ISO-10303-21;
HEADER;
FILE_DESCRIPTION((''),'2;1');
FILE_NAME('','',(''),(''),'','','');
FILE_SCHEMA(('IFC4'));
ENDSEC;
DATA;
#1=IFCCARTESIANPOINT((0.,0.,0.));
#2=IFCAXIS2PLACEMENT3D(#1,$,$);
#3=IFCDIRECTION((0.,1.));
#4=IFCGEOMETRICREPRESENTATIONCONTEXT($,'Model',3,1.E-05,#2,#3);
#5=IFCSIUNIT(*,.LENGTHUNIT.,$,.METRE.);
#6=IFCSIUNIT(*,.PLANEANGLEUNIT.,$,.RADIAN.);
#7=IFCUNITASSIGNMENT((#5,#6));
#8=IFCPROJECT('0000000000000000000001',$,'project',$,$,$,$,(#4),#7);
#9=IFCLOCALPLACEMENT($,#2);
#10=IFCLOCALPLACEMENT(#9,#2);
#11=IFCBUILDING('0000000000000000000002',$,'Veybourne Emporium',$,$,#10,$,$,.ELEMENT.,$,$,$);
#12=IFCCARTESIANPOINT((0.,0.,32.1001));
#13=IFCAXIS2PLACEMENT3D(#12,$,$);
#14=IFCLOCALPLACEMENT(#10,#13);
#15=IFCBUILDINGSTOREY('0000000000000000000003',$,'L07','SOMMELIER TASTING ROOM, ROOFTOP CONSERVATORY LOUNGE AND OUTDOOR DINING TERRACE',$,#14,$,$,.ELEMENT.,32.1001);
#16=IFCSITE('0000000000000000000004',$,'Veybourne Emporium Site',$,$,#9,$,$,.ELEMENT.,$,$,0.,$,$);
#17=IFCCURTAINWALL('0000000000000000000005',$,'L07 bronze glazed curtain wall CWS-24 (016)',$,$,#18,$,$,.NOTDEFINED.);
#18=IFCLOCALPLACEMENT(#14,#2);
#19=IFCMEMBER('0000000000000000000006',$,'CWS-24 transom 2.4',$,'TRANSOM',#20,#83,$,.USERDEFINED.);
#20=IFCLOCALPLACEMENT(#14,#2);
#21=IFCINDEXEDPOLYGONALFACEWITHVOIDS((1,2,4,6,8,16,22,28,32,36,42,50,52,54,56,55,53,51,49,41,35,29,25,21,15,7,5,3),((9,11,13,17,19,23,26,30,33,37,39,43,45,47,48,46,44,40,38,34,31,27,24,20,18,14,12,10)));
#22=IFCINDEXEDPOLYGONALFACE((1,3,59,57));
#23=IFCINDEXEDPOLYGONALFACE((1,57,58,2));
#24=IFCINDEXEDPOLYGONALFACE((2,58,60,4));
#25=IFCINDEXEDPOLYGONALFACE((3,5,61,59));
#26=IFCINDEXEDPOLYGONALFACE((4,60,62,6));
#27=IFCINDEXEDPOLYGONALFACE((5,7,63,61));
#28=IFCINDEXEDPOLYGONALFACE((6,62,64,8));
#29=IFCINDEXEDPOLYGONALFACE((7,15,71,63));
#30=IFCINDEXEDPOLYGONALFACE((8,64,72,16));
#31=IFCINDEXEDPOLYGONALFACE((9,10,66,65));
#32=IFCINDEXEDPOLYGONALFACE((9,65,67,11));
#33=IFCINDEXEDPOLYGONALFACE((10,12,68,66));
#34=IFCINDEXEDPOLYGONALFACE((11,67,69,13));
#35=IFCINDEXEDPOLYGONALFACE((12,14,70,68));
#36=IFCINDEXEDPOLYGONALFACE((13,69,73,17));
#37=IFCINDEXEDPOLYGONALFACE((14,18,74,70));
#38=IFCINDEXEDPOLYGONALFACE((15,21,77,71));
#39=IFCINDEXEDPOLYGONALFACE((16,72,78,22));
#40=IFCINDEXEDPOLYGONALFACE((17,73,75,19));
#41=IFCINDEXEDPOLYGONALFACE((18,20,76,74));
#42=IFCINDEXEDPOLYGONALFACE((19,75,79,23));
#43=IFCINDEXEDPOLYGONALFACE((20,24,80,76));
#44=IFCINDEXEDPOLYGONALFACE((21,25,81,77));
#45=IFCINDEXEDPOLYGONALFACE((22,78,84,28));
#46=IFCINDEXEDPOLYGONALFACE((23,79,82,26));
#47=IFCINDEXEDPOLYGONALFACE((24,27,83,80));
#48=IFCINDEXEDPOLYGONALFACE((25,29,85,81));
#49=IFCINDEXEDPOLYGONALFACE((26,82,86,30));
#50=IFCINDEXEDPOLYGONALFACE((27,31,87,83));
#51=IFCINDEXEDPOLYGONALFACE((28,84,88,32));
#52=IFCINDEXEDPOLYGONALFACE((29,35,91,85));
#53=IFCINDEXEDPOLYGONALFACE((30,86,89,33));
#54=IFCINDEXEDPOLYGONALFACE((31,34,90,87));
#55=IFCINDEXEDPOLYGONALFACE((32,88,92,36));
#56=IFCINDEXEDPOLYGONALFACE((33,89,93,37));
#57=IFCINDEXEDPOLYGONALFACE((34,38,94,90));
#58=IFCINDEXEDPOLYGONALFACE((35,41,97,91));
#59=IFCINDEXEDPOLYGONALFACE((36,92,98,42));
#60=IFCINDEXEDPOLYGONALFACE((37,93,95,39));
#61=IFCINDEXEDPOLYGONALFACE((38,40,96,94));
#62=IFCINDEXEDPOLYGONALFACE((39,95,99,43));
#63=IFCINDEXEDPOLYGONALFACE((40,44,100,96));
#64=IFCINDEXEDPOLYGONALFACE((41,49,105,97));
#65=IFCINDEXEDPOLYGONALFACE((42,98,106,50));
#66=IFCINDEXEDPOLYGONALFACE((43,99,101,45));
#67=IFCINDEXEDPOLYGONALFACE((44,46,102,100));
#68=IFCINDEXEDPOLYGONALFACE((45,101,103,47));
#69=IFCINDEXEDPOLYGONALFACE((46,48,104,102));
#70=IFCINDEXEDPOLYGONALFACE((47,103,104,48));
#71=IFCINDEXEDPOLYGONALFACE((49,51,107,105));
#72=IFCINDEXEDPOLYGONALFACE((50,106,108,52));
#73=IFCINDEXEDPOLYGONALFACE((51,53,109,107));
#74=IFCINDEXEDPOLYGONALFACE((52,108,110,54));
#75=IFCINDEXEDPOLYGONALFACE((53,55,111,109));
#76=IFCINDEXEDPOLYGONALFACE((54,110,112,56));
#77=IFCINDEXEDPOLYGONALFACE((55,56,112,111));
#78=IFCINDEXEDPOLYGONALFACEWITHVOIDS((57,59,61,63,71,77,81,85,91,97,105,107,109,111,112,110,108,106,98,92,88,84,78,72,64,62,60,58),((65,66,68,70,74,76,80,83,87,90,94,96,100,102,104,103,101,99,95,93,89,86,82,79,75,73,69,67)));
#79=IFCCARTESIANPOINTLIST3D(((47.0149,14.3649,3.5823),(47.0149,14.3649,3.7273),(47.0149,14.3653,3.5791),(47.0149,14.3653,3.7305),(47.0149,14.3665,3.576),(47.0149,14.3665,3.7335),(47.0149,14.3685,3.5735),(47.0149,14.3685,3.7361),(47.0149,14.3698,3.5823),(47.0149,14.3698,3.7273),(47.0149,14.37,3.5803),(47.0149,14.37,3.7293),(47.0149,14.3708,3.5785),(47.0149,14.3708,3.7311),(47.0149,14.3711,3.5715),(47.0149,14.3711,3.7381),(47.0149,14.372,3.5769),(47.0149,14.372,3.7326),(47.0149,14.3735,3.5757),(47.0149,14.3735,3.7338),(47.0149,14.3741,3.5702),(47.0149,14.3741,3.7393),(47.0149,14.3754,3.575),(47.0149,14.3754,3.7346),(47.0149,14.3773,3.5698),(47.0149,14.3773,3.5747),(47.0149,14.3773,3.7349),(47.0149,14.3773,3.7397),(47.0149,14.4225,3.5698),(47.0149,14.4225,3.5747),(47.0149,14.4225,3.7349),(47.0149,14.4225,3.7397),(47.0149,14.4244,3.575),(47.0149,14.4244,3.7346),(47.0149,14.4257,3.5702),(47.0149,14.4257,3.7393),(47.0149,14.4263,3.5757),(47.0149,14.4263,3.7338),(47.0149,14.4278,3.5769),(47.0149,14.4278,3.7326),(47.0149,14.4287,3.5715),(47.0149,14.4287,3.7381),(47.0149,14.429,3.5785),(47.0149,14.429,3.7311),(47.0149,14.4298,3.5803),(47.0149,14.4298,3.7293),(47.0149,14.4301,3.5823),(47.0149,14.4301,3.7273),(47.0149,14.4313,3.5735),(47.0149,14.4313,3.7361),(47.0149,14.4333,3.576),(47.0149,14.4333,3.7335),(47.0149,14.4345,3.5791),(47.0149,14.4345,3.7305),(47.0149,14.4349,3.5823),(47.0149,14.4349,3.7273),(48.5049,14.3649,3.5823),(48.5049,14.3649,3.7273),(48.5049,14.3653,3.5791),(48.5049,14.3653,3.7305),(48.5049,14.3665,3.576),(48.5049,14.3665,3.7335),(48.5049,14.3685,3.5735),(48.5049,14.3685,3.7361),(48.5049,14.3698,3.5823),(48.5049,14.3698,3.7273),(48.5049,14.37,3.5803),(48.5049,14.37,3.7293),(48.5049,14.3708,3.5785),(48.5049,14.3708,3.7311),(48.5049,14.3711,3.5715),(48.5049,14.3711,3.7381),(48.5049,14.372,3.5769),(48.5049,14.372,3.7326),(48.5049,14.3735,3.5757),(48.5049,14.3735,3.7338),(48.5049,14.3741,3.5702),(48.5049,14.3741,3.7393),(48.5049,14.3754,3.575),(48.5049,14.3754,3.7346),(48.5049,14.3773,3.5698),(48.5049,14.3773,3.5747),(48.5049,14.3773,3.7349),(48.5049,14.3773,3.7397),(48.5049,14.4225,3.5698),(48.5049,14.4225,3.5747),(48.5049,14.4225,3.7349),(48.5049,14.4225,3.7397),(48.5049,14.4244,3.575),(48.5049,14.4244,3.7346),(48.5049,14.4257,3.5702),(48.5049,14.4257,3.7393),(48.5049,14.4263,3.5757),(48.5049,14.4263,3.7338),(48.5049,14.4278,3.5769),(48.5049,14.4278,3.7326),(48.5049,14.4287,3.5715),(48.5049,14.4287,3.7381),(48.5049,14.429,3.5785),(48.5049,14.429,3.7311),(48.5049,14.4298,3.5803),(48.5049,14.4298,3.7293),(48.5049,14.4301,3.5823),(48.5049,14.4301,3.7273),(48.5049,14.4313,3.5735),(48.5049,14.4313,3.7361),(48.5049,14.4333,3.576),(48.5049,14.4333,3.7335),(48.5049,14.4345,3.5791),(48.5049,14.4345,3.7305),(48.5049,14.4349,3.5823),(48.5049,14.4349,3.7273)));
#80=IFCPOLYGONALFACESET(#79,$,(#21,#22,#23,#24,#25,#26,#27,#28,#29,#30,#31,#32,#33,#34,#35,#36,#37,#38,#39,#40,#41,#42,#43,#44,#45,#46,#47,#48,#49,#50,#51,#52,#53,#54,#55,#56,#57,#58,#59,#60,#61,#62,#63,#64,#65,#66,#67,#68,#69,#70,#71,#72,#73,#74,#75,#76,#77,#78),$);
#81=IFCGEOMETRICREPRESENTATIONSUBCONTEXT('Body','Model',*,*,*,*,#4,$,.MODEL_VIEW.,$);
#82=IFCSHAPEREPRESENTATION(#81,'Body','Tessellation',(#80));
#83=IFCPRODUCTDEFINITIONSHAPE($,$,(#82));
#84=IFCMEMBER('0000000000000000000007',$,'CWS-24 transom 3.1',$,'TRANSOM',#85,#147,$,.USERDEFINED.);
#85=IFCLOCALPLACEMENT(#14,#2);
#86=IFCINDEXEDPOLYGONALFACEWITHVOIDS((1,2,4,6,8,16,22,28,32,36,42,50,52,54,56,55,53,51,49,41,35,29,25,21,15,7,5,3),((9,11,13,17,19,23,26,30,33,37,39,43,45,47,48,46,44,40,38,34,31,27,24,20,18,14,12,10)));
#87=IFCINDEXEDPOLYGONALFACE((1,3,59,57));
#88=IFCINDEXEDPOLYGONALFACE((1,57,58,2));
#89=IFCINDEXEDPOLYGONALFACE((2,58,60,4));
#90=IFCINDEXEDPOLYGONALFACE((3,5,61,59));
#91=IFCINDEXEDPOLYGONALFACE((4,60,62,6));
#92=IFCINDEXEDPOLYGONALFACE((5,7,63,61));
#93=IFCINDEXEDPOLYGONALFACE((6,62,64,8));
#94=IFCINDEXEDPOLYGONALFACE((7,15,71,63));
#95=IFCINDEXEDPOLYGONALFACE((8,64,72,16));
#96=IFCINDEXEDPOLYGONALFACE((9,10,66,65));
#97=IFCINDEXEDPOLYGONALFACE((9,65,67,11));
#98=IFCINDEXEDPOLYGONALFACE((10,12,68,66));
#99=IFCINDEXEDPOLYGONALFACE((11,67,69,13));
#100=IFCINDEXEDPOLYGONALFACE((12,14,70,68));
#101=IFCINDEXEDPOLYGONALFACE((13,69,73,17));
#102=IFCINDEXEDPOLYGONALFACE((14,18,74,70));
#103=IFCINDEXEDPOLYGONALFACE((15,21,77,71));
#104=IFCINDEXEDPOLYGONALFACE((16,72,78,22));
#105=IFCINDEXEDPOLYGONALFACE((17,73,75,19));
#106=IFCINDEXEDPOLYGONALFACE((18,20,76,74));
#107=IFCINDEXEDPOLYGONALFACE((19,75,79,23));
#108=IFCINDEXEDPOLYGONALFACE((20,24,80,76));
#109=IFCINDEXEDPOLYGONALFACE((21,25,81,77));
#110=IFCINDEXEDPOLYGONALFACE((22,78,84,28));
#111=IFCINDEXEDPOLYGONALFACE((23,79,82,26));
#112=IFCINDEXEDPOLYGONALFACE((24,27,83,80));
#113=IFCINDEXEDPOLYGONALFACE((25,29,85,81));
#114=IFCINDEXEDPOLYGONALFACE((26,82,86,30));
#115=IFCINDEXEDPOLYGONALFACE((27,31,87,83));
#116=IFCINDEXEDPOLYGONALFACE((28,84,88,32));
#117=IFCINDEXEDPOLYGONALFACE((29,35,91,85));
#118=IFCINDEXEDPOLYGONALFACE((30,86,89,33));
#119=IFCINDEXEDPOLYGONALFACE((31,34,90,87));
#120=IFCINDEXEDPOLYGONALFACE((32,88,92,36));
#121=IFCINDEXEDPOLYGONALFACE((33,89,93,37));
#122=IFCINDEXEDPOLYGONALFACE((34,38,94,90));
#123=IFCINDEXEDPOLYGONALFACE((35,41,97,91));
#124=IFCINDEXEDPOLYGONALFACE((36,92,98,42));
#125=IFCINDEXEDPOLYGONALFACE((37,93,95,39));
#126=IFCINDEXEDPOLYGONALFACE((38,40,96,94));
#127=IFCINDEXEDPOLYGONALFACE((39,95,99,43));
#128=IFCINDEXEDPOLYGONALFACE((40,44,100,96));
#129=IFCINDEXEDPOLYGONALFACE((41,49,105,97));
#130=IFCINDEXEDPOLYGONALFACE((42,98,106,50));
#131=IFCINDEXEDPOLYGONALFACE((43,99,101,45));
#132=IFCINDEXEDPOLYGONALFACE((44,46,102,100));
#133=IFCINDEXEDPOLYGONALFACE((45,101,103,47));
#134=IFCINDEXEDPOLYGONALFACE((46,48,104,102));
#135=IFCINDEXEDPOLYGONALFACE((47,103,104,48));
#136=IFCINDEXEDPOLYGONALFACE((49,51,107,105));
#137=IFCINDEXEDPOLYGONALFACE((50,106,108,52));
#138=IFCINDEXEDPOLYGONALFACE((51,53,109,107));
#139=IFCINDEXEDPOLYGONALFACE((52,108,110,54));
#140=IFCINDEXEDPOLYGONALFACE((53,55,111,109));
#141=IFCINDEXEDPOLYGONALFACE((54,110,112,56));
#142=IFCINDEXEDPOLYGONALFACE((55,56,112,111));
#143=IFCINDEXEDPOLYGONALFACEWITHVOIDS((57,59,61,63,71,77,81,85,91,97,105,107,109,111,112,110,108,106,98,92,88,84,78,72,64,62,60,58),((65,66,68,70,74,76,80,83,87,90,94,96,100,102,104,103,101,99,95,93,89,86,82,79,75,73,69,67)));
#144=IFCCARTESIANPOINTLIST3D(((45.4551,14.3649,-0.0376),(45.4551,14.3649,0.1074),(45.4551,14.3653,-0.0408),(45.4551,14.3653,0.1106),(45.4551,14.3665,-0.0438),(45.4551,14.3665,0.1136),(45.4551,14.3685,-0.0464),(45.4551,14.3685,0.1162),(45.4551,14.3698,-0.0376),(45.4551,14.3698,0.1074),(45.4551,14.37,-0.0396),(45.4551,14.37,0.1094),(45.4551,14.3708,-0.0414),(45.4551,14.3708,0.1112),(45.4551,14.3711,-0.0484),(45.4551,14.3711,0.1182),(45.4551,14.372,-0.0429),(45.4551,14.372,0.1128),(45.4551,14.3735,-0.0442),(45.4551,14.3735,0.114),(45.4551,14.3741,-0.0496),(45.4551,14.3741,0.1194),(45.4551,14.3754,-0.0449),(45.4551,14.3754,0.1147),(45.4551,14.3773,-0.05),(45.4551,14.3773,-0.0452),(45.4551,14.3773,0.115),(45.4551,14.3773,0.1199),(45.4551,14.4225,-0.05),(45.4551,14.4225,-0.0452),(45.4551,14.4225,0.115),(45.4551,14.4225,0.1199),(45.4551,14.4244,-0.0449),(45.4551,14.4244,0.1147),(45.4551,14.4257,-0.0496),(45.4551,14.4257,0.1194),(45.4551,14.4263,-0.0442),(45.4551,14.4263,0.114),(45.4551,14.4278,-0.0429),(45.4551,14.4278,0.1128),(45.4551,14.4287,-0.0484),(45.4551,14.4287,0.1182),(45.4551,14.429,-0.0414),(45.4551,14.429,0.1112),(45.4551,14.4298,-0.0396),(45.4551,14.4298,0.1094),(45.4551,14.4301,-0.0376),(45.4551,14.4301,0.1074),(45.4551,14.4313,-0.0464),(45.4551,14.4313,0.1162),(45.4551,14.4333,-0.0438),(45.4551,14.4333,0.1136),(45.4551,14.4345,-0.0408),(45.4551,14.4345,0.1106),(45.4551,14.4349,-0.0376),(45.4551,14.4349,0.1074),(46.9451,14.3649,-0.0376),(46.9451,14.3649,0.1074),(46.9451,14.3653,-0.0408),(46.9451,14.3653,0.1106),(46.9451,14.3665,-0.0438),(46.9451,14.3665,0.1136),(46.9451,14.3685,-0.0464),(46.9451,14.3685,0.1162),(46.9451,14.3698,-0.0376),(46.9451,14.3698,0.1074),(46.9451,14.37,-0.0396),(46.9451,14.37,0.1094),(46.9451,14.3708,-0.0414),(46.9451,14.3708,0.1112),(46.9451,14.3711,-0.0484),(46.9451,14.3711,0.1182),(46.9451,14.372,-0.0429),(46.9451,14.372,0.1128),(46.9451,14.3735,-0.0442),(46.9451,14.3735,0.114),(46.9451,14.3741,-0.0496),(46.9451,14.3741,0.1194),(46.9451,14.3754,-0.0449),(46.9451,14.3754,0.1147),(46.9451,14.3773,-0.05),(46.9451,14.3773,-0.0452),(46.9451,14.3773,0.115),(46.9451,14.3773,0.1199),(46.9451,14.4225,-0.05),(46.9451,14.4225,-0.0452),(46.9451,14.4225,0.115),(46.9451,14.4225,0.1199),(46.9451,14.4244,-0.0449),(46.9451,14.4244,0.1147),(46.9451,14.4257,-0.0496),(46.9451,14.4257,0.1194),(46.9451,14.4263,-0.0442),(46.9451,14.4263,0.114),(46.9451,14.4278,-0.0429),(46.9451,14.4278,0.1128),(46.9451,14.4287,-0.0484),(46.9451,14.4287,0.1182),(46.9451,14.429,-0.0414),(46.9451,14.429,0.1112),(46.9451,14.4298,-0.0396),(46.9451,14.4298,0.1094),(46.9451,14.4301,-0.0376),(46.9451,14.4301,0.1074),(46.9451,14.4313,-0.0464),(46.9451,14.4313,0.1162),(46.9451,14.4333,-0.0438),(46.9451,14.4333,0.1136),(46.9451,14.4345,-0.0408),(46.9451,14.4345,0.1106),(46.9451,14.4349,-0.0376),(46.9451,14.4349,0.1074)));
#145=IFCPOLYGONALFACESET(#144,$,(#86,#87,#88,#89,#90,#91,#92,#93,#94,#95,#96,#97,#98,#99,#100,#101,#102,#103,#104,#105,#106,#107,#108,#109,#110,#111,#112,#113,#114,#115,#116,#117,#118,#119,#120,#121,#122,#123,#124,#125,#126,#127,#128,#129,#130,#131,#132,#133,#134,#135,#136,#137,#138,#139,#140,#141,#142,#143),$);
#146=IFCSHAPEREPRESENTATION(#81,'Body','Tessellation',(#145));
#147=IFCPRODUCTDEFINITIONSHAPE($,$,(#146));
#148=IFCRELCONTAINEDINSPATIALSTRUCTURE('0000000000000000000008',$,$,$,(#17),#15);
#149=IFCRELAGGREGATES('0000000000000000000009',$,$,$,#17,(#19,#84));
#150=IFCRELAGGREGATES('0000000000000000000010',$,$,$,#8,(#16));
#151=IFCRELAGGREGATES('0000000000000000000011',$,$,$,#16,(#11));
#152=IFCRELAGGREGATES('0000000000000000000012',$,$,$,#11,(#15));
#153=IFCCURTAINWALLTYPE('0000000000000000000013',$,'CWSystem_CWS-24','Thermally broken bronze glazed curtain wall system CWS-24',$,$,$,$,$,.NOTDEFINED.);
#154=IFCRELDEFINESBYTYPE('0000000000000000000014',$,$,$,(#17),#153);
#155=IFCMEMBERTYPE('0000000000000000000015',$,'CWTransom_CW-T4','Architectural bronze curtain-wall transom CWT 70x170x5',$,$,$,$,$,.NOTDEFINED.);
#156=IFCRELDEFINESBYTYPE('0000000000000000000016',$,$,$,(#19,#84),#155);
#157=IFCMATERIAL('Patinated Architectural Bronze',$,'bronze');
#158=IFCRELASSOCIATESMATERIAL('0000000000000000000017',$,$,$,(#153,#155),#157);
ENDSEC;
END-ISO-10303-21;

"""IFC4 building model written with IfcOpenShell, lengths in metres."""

from ifc_helpers import new_model, si_unit, direction, frame, origin, origin_2d, place, context, subcontext, project, spatial, hollow_rectangle, extrude, material, material_profile, profile_set, type_object, element, aggregate, save


model = new_model("IFC4")

# Units and contexts
model_context = context("Model", 3, precision=1e-05, world=origin(), true_north=direction((0.0, 1.0)))
body_context = subcontext(model_context, "Body", "Model", "MODEL_VIEW")
ifc_project = project(units=[si_unit("LENGTHUNIT", "METRE"), si_unit("PLANEANGLEUNIT", "RADIAN")], contexts=[model_context])

# Site, building, storey
site_placement = place(None, origin())
site = spatial("IfcSite", under=ifc_project, at=site_placement, Name="Veybourne Emporium Site", CompositionType="ELEMENT", RefElevation=0.0)
building_placement = place(site_placement, origin())
building = spatial("IfcBuilding", under=site, at=building_placement, Name="Veybourne Emporium", CompositionType="ELEMENT")
storey_placement = place(building_placement, frame((0.0, 0.0, 32.1001)))
storey = spatial("IfcBuildingStorey", under=building, at=storey_placement, Name="L07", Description="SOMMELIER TASTING ROOM, ROOFTOP CONSERVATORY LOUNGE AND OUTDOOR DINING TERRACE", CompositionType="ELEMENT", Elevation=32.1001)

# Curtain wall, members
ifc_material_1 = material(Name="Patinated Architectural Bronze", Category="bronze")
curtain_wall_type = type_object("IfcCurtainWallType", Name="CWSystem_CWS-24", Description="Thermally broken bronze glazed curtain wall system CWS-24", PredefinedType="NOTDEFINED", material=ifc_material_1)
curtain_wall_placement = place(storey_placement, origin())
curtain_wall = element("IfcCurtainWall", 1, at=curtain_wall_placement, inside=storey, type_object=curtain_wall_type, Name="L07 bronze glazed curtain wall CWS-24 (016)", PredefinedType="NOTDEFINED")
ifc_material_profile_1 = material_profile(ifc_material_1, hollow_rectangle(XDim=0.0701, YDim=0.1699, WallThickness=0.0049, InnerFilletRadius=0.0076, OuterFilletRadius=0.0125, at=origin_2d()), Name="CWT 70x170x5")
ifc_profile_set_1 = profile_set([ifc_material_profile_1], Name="Patinated Architectural Bronze")
member_type_1 = type_object("IfcMemberType", Name="CWTransom_CW-T4", Description="Architectural bronze curtain-wall transom CWT 70x170x5", PredefinedType="NOTDEFINED", material=ifc_profile_set_1)
member_1_placement = place(storey_placement, frame((48.5049, 14.3999, 3.6548), z_axis=(-1.0, 0.0, 0.0), x_axis=(0.0, -1.0, 0.0)))
member_1 = element("IfcMember", 2, at=member_1_placement, type_object=member_type_1, Name="CWS-24 transom 2.4", ObjectType="TRANSOM", PredefinedType="USERDEFINED", context=body_context, shape_type="SweptSolid", body=[
    extrude(hollow_rectangle(XDim=0.0701, YDim=0.1699, WallThickness=0.0049, InnerFilletRadius=0.0076, OuterFilletRadius=0.0125, at=origin_2d()), origin(), (0.0, 0.0, 1.0), 1.49),
])
member_2_placement = place(storey_placement, frame((46.9451, 14.3999, 0.0349), z_axis=(-1.0, 0.0, 0.0), x_axis=(0.0, -1.0, 0.0)))
member_2 = element("IfcMember", 3, at=member_2_placement, type_object=member_type_1, Name="CWS-24 transom 3.1", ObjectType="TRANSOM", PredefinedType="USERDEFINED", context=body_context, shape_type="SweptSolid", body=[
    extrude(hollow_rectangle(XDim=0.0701, YDim=0.1699, WallThickness=0.0049, InnerFilletRadius=0.0076, OuterFilletRadius=0.0125, at=origin_2d()), origin(), (0.0, 0.0, 1.0), 1.49),
])
aggregate(curtain_wall, [member_1, member_2])

save(model, "model.ifc")
